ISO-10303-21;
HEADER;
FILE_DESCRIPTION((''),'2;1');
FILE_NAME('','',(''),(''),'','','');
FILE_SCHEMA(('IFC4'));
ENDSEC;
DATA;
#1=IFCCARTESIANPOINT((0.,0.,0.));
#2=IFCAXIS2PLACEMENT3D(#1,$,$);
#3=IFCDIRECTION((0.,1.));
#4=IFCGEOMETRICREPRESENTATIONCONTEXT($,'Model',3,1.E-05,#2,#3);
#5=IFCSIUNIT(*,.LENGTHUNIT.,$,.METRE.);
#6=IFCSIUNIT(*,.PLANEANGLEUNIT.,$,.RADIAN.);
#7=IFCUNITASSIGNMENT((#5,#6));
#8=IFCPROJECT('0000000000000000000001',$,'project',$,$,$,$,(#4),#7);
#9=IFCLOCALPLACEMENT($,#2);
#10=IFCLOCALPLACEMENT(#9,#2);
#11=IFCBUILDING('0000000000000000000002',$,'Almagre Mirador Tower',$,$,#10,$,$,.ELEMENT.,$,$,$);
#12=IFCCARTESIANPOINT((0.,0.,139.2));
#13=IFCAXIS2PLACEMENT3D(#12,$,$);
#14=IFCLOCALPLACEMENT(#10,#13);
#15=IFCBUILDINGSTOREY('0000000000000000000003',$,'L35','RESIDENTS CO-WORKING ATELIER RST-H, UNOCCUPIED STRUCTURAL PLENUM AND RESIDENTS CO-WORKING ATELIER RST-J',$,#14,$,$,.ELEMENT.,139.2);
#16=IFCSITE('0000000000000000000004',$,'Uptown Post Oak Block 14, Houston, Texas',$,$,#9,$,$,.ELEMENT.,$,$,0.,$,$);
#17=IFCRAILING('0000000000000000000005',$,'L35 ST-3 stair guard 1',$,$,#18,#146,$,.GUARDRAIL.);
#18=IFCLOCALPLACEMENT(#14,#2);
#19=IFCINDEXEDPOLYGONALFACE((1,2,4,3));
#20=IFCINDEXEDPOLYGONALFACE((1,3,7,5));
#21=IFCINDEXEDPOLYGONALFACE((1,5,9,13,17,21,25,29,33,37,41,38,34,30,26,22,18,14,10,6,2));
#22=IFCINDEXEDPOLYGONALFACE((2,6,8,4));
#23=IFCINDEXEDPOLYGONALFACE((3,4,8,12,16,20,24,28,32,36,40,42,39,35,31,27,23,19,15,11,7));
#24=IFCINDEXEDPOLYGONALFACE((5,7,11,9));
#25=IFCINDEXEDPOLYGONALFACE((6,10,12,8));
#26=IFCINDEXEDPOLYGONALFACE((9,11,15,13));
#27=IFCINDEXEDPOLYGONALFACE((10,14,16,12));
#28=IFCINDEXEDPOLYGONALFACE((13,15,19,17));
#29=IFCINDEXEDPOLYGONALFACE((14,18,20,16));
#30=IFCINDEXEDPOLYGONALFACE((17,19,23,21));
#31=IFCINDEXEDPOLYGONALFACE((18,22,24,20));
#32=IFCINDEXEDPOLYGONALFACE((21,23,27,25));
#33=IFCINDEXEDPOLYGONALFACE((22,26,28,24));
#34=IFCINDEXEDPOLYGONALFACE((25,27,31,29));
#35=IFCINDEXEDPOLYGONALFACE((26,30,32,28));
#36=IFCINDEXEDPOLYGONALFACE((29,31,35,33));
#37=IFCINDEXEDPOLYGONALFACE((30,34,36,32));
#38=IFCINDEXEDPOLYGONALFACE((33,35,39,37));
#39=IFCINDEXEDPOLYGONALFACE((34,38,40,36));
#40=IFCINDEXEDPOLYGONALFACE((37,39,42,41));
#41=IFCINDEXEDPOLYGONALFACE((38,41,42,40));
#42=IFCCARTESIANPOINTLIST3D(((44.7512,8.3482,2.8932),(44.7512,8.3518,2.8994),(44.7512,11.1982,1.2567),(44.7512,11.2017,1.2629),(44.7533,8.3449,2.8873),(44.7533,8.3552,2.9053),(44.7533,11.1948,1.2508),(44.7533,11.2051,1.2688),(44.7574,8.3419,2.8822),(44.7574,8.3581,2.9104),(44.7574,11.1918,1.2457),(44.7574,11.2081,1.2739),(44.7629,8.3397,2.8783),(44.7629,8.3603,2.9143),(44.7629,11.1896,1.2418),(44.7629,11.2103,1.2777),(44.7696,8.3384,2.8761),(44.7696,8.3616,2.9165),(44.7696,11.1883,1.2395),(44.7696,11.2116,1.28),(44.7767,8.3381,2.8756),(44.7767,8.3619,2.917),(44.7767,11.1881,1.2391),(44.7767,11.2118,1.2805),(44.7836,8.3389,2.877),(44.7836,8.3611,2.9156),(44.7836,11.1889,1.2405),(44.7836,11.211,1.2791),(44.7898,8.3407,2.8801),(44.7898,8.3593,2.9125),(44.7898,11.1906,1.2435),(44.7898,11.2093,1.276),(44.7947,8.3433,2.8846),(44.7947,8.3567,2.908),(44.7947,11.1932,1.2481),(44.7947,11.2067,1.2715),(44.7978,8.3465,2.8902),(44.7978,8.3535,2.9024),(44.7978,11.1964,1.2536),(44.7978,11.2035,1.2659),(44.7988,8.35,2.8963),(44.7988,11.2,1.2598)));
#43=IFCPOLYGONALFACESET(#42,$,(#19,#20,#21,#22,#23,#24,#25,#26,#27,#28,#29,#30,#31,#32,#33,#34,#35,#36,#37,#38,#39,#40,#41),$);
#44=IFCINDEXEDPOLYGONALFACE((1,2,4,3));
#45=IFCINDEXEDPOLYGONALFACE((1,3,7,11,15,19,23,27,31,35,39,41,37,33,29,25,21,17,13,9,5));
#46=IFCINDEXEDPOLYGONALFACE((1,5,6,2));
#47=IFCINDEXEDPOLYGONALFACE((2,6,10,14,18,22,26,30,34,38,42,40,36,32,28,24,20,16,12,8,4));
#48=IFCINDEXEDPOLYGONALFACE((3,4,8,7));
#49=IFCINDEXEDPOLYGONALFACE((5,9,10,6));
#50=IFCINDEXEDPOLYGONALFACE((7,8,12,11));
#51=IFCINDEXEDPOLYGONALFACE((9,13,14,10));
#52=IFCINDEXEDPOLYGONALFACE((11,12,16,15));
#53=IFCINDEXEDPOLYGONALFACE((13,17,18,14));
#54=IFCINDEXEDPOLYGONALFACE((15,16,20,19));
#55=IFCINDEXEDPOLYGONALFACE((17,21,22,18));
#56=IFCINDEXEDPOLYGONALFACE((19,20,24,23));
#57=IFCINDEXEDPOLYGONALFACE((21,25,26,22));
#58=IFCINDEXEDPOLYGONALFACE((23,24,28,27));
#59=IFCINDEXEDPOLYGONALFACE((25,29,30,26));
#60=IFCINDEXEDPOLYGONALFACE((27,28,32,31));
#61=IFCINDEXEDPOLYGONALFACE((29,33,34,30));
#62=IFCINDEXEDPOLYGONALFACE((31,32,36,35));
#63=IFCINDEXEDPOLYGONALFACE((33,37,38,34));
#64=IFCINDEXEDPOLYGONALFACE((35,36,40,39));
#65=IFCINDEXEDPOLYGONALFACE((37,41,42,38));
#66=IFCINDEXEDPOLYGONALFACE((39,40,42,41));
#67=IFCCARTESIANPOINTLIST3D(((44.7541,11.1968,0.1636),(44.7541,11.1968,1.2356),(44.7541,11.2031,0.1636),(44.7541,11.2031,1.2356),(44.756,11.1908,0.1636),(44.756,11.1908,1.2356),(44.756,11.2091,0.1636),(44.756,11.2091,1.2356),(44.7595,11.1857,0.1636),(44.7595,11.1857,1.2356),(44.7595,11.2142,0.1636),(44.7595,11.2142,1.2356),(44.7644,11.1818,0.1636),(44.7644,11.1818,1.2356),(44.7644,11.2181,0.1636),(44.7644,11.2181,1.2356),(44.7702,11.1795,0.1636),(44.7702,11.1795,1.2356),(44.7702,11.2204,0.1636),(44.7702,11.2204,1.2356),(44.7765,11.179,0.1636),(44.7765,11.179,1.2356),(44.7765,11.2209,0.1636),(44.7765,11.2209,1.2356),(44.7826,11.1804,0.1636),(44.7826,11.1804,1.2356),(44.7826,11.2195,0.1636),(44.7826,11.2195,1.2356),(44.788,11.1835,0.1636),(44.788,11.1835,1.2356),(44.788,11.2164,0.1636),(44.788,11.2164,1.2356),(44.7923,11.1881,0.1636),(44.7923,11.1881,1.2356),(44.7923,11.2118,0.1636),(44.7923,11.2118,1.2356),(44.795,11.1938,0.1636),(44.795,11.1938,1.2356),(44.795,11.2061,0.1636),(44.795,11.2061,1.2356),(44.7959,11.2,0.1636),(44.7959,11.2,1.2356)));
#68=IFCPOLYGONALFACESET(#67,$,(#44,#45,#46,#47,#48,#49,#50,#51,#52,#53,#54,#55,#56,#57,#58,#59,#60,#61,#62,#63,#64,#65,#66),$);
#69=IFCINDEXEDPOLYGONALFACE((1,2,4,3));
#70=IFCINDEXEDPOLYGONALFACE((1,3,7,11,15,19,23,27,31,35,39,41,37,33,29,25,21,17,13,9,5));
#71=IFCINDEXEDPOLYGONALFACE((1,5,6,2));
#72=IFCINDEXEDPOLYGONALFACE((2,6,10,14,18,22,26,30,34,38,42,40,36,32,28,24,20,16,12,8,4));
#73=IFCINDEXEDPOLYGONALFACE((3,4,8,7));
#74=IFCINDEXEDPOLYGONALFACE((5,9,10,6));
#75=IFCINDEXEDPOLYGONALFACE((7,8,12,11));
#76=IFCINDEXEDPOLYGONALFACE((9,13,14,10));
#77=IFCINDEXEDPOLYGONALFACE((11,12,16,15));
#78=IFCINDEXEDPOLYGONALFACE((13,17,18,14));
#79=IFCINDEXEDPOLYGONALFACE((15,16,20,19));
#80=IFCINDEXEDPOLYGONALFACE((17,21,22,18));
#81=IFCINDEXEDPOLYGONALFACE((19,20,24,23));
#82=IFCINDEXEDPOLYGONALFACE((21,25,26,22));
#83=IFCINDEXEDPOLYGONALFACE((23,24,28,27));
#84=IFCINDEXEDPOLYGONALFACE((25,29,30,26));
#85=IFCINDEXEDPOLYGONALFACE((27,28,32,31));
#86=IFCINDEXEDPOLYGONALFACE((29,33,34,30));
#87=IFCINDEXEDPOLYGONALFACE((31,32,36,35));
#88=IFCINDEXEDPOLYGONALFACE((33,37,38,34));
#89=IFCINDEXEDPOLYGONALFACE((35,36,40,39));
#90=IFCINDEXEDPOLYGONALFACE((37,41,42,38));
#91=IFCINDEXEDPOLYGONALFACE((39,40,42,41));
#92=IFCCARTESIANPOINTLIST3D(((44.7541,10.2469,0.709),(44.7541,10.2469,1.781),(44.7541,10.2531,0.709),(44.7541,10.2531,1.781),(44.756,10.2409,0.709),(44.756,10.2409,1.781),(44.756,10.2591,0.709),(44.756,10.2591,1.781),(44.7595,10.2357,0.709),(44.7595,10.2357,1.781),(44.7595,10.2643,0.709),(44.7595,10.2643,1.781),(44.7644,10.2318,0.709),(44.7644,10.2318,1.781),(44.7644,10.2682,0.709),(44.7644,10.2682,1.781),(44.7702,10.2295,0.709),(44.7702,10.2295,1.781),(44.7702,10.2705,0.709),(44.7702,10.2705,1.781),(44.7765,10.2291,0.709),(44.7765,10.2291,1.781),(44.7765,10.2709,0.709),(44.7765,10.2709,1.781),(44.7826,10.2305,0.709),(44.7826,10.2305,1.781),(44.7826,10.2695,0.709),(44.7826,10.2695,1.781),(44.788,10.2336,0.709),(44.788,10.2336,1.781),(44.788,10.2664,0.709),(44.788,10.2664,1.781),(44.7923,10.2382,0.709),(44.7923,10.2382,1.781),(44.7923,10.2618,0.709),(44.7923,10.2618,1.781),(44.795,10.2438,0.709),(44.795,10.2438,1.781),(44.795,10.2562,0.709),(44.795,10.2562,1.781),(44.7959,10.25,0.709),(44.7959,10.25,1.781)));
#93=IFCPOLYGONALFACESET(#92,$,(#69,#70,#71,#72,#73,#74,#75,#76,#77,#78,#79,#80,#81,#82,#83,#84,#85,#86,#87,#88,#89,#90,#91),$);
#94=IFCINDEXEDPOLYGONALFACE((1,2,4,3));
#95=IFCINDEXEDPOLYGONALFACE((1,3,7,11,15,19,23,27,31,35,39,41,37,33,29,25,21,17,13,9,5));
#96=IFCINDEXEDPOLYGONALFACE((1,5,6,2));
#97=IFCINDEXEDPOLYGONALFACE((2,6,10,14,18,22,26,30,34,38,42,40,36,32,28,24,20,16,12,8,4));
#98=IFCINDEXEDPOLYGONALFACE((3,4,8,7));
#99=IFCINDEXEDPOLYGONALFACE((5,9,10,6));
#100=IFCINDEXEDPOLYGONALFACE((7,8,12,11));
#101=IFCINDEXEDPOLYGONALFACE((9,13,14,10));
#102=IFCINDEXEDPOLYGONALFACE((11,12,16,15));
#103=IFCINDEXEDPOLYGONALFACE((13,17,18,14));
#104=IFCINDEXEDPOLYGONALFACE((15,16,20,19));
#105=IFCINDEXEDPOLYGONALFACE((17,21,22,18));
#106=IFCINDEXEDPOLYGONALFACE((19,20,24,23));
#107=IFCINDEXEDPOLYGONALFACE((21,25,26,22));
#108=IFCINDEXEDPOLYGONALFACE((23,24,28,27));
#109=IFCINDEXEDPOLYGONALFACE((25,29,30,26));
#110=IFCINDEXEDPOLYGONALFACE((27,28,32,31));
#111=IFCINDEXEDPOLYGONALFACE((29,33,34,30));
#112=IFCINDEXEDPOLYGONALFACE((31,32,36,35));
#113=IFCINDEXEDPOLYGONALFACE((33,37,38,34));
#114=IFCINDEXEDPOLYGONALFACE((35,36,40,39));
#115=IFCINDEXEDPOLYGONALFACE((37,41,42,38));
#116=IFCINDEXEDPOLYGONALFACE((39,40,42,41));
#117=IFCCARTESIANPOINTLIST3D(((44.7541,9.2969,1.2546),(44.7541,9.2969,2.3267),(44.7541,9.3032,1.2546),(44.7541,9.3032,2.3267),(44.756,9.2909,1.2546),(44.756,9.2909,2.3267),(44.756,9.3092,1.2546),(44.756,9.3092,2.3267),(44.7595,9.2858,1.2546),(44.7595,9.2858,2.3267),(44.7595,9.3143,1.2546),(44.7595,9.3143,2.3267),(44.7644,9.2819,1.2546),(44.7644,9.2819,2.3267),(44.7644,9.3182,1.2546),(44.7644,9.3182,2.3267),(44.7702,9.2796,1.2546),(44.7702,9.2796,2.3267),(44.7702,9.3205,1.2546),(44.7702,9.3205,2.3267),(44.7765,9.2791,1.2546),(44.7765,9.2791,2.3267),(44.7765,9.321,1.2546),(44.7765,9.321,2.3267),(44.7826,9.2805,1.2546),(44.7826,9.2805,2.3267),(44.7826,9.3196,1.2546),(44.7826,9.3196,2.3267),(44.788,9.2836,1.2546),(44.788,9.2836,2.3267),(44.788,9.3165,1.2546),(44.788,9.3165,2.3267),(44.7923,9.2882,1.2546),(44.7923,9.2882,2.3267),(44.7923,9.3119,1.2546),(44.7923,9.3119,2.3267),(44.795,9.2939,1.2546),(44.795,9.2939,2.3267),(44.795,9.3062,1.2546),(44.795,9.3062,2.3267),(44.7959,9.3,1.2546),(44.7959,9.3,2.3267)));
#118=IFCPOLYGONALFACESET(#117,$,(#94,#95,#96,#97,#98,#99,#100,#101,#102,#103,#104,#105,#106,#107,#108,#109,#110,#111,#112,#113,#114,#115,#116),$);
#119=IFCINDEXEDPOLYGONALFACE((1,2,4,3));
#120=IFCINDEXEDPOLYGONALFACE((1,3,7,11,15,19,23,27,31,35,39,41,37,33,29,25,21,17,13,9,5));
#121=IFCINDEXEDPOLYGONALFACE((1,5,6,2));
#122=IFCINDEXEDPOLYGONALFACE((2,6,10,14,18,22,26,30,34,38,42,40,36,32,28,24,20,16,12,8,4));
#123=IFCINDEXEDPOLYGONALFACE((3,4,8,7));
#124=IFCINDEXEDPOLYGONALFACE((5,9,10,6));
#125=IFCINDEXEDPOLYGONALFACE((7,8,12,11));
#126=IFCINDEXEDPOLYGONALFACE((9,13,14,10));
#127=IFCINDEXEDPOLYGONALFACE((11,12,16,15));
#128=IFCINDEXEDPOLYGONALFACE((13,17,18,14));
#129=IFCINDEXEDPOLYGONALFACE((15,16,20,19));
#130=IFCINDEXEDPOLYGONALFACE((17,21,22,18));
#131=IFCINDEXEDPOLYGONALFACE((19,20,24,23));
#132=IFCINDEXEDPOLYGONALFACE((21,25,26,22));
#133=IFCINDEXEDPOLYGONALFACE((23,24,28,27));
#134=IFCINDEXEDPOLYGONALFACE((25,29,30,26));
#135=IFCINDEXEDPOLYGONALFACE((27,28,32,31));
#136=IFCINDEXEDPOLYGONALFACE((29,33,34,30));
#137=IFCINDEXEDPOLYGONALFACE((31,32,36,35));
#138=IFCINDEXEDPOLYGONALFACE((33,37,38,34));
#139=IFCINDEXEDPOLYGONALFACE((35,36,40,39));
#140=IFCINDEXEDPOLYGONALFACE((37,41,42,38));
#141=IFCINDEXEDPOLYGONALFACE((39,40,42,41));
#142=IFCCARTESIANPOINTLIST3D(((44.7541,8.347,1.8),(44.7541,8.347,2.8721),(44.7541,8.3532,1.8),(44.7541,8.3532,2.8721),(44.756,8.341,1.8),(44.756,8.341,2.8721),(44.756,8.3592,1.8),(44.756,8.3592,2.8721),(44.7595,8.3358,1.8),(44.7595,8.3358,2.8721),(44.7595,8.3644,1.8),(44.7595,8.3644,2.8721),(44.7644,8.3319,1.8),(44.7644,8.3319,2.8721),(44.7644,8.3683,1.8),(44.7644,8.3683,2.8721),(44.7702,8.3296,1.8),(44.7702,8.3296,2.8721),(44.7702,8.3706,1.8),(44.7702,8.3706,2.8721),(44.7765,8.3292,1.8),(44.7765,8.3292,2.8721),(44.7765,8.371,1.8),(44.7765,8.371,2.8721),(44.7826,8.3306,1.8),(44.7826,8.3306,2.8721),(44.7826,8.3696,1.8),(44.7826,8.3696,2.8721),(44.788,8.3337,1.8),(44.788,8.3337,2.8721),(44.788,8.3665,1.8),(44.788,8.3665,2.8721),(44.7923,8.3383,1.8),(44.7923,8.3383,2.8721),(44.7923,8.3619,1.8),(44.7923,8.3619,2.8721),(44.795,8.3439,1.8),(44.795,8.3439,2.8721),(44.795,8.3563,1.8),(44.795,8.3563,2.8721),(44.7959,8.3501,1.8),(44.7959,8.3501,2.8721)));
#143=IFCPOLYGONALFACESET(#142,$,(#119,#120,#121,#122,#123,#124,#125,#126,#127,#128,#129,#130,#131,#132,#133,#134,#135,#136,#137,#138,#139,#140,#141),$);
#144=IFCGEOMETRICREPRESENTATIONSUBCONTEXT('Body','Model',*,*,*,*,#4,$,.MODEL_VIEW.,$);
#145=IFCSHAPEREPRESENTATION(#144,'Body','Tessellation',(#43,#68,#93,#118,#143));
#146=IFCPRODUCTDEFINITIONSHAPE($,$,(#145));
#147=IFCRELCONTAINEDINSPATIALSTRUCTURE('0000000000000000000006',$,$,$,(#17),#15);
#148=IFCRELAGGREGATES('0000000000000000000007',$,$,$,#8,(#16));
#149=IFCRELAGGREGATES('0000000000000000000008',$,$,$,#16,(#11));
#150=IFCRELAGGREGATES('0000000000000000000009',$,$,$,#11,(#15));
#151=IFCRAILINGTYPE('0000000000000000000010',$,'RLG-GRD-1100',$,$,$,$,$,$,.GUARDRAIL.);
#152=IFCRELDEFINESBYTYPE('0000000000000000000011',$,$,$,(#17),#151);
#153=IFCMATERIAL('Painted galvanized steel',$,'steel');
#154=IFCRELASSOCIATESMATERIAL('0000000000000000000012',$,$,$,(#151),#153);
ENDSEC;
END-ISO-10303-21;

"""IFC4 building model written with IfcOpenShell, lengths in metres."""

from ifc_helpers import new_model, si_unit, direction, frame, origin, origin_2d, place, context, subcontext, project, spatial, circle, extrude, material, type_object, element, save


model = new_model("IFC4")

# Units and contexts
model_context = context("Model", 3, precision=1e-05, world=origin(), true_north=direction((0.0, 1.0)))
body_context = subcontext(model_context, "Body", "Model", "MODEL_VIEW")
ifc_project = project(units=[si_unit("LENGTHUNIT", "METRE"), si_unit("PLANEANGLEUNIT", "RADIAN")], contexts=[model_context])

# Site, building, storey
site_placement = place(None, origin())
site = spatial("IfcSite", under=ifc_project, at=site_placement, Name="Uptown Post Oak Block 14, Houston, Texas", CompositionType="ELEMENT", RefElevation=0.0)
building_placement = place(site_placement, origin())
building = spatial("IfcBuilding", under=site, at=building_placement, Name="Almagre Mirador Tower", CompositionType="ELEMENT")
storey_placement = place(building_placement, frame((0.0, 0.0, 139.2)))
storey = spatial("IfcBuildingStorey", under=building, at=storey_placement, Name="L35", Description="RESIDENTS CO-WORKING ATELIER RST-H, UNOCCUPIED STRUCTURAL PLENUM AND RESIDENTS CO-WORKING ATELIER RST-J", CompositionType="ELEMENT", Elevation=139.2)

# Railing
ifc_material_1 = material(Name="Painted galvanized steel", Category="steel")
railing_type_1 = type_object("IfcRailingType", Name="RLG-GRD-1100", PredefinedType="GUARDRAIL", material=ifc_material_1)
railing_1_placement = place(storey_placement, frame((44.7749, 11.2, 0.1636)))
element("IfcRailing", 1, at=railing_1_placement, inside=storey, type_object=railing_type_1, Name="L35 ST-3 stair guard 1", PredefinedType="GUARDRAIL", context=body_context, shape_type="SweptSolid", body=[
    extrude(circle(Radius=0.0239, at=origin_2d()), frame((0.0, 0.0, 1.0962), z_axis=(0.0, -0.867194, 0.49797), x_axis=(1.0, 0.0, 0.0)), (0.0, 0.0, 1.0), 3.2864),
    extrude(circle(Radius=0.021, at=origin_2d()), origin(), (0.0, 0.0, 1.0), 1.072),
    extrude(circle(Radius=0.021, at=origin_2d()), frame((0.0, -0.95, 0.5454)), (0.0, 0.0, 1.0), 1.072),
    extrude(circle(Radius=0.021, at=origin_2d()), frame((0.0, -1.8999, 1.0911)), (0.0, 0.0, 1.0), 1.072),
    extrude(circle(Radius=0.021, at=origin_2d()), frame((0.0, -2.8499, 1.6365)), (0.0, 0.0, 1.0), 1.072),
])

save(model, "model.ifc")
